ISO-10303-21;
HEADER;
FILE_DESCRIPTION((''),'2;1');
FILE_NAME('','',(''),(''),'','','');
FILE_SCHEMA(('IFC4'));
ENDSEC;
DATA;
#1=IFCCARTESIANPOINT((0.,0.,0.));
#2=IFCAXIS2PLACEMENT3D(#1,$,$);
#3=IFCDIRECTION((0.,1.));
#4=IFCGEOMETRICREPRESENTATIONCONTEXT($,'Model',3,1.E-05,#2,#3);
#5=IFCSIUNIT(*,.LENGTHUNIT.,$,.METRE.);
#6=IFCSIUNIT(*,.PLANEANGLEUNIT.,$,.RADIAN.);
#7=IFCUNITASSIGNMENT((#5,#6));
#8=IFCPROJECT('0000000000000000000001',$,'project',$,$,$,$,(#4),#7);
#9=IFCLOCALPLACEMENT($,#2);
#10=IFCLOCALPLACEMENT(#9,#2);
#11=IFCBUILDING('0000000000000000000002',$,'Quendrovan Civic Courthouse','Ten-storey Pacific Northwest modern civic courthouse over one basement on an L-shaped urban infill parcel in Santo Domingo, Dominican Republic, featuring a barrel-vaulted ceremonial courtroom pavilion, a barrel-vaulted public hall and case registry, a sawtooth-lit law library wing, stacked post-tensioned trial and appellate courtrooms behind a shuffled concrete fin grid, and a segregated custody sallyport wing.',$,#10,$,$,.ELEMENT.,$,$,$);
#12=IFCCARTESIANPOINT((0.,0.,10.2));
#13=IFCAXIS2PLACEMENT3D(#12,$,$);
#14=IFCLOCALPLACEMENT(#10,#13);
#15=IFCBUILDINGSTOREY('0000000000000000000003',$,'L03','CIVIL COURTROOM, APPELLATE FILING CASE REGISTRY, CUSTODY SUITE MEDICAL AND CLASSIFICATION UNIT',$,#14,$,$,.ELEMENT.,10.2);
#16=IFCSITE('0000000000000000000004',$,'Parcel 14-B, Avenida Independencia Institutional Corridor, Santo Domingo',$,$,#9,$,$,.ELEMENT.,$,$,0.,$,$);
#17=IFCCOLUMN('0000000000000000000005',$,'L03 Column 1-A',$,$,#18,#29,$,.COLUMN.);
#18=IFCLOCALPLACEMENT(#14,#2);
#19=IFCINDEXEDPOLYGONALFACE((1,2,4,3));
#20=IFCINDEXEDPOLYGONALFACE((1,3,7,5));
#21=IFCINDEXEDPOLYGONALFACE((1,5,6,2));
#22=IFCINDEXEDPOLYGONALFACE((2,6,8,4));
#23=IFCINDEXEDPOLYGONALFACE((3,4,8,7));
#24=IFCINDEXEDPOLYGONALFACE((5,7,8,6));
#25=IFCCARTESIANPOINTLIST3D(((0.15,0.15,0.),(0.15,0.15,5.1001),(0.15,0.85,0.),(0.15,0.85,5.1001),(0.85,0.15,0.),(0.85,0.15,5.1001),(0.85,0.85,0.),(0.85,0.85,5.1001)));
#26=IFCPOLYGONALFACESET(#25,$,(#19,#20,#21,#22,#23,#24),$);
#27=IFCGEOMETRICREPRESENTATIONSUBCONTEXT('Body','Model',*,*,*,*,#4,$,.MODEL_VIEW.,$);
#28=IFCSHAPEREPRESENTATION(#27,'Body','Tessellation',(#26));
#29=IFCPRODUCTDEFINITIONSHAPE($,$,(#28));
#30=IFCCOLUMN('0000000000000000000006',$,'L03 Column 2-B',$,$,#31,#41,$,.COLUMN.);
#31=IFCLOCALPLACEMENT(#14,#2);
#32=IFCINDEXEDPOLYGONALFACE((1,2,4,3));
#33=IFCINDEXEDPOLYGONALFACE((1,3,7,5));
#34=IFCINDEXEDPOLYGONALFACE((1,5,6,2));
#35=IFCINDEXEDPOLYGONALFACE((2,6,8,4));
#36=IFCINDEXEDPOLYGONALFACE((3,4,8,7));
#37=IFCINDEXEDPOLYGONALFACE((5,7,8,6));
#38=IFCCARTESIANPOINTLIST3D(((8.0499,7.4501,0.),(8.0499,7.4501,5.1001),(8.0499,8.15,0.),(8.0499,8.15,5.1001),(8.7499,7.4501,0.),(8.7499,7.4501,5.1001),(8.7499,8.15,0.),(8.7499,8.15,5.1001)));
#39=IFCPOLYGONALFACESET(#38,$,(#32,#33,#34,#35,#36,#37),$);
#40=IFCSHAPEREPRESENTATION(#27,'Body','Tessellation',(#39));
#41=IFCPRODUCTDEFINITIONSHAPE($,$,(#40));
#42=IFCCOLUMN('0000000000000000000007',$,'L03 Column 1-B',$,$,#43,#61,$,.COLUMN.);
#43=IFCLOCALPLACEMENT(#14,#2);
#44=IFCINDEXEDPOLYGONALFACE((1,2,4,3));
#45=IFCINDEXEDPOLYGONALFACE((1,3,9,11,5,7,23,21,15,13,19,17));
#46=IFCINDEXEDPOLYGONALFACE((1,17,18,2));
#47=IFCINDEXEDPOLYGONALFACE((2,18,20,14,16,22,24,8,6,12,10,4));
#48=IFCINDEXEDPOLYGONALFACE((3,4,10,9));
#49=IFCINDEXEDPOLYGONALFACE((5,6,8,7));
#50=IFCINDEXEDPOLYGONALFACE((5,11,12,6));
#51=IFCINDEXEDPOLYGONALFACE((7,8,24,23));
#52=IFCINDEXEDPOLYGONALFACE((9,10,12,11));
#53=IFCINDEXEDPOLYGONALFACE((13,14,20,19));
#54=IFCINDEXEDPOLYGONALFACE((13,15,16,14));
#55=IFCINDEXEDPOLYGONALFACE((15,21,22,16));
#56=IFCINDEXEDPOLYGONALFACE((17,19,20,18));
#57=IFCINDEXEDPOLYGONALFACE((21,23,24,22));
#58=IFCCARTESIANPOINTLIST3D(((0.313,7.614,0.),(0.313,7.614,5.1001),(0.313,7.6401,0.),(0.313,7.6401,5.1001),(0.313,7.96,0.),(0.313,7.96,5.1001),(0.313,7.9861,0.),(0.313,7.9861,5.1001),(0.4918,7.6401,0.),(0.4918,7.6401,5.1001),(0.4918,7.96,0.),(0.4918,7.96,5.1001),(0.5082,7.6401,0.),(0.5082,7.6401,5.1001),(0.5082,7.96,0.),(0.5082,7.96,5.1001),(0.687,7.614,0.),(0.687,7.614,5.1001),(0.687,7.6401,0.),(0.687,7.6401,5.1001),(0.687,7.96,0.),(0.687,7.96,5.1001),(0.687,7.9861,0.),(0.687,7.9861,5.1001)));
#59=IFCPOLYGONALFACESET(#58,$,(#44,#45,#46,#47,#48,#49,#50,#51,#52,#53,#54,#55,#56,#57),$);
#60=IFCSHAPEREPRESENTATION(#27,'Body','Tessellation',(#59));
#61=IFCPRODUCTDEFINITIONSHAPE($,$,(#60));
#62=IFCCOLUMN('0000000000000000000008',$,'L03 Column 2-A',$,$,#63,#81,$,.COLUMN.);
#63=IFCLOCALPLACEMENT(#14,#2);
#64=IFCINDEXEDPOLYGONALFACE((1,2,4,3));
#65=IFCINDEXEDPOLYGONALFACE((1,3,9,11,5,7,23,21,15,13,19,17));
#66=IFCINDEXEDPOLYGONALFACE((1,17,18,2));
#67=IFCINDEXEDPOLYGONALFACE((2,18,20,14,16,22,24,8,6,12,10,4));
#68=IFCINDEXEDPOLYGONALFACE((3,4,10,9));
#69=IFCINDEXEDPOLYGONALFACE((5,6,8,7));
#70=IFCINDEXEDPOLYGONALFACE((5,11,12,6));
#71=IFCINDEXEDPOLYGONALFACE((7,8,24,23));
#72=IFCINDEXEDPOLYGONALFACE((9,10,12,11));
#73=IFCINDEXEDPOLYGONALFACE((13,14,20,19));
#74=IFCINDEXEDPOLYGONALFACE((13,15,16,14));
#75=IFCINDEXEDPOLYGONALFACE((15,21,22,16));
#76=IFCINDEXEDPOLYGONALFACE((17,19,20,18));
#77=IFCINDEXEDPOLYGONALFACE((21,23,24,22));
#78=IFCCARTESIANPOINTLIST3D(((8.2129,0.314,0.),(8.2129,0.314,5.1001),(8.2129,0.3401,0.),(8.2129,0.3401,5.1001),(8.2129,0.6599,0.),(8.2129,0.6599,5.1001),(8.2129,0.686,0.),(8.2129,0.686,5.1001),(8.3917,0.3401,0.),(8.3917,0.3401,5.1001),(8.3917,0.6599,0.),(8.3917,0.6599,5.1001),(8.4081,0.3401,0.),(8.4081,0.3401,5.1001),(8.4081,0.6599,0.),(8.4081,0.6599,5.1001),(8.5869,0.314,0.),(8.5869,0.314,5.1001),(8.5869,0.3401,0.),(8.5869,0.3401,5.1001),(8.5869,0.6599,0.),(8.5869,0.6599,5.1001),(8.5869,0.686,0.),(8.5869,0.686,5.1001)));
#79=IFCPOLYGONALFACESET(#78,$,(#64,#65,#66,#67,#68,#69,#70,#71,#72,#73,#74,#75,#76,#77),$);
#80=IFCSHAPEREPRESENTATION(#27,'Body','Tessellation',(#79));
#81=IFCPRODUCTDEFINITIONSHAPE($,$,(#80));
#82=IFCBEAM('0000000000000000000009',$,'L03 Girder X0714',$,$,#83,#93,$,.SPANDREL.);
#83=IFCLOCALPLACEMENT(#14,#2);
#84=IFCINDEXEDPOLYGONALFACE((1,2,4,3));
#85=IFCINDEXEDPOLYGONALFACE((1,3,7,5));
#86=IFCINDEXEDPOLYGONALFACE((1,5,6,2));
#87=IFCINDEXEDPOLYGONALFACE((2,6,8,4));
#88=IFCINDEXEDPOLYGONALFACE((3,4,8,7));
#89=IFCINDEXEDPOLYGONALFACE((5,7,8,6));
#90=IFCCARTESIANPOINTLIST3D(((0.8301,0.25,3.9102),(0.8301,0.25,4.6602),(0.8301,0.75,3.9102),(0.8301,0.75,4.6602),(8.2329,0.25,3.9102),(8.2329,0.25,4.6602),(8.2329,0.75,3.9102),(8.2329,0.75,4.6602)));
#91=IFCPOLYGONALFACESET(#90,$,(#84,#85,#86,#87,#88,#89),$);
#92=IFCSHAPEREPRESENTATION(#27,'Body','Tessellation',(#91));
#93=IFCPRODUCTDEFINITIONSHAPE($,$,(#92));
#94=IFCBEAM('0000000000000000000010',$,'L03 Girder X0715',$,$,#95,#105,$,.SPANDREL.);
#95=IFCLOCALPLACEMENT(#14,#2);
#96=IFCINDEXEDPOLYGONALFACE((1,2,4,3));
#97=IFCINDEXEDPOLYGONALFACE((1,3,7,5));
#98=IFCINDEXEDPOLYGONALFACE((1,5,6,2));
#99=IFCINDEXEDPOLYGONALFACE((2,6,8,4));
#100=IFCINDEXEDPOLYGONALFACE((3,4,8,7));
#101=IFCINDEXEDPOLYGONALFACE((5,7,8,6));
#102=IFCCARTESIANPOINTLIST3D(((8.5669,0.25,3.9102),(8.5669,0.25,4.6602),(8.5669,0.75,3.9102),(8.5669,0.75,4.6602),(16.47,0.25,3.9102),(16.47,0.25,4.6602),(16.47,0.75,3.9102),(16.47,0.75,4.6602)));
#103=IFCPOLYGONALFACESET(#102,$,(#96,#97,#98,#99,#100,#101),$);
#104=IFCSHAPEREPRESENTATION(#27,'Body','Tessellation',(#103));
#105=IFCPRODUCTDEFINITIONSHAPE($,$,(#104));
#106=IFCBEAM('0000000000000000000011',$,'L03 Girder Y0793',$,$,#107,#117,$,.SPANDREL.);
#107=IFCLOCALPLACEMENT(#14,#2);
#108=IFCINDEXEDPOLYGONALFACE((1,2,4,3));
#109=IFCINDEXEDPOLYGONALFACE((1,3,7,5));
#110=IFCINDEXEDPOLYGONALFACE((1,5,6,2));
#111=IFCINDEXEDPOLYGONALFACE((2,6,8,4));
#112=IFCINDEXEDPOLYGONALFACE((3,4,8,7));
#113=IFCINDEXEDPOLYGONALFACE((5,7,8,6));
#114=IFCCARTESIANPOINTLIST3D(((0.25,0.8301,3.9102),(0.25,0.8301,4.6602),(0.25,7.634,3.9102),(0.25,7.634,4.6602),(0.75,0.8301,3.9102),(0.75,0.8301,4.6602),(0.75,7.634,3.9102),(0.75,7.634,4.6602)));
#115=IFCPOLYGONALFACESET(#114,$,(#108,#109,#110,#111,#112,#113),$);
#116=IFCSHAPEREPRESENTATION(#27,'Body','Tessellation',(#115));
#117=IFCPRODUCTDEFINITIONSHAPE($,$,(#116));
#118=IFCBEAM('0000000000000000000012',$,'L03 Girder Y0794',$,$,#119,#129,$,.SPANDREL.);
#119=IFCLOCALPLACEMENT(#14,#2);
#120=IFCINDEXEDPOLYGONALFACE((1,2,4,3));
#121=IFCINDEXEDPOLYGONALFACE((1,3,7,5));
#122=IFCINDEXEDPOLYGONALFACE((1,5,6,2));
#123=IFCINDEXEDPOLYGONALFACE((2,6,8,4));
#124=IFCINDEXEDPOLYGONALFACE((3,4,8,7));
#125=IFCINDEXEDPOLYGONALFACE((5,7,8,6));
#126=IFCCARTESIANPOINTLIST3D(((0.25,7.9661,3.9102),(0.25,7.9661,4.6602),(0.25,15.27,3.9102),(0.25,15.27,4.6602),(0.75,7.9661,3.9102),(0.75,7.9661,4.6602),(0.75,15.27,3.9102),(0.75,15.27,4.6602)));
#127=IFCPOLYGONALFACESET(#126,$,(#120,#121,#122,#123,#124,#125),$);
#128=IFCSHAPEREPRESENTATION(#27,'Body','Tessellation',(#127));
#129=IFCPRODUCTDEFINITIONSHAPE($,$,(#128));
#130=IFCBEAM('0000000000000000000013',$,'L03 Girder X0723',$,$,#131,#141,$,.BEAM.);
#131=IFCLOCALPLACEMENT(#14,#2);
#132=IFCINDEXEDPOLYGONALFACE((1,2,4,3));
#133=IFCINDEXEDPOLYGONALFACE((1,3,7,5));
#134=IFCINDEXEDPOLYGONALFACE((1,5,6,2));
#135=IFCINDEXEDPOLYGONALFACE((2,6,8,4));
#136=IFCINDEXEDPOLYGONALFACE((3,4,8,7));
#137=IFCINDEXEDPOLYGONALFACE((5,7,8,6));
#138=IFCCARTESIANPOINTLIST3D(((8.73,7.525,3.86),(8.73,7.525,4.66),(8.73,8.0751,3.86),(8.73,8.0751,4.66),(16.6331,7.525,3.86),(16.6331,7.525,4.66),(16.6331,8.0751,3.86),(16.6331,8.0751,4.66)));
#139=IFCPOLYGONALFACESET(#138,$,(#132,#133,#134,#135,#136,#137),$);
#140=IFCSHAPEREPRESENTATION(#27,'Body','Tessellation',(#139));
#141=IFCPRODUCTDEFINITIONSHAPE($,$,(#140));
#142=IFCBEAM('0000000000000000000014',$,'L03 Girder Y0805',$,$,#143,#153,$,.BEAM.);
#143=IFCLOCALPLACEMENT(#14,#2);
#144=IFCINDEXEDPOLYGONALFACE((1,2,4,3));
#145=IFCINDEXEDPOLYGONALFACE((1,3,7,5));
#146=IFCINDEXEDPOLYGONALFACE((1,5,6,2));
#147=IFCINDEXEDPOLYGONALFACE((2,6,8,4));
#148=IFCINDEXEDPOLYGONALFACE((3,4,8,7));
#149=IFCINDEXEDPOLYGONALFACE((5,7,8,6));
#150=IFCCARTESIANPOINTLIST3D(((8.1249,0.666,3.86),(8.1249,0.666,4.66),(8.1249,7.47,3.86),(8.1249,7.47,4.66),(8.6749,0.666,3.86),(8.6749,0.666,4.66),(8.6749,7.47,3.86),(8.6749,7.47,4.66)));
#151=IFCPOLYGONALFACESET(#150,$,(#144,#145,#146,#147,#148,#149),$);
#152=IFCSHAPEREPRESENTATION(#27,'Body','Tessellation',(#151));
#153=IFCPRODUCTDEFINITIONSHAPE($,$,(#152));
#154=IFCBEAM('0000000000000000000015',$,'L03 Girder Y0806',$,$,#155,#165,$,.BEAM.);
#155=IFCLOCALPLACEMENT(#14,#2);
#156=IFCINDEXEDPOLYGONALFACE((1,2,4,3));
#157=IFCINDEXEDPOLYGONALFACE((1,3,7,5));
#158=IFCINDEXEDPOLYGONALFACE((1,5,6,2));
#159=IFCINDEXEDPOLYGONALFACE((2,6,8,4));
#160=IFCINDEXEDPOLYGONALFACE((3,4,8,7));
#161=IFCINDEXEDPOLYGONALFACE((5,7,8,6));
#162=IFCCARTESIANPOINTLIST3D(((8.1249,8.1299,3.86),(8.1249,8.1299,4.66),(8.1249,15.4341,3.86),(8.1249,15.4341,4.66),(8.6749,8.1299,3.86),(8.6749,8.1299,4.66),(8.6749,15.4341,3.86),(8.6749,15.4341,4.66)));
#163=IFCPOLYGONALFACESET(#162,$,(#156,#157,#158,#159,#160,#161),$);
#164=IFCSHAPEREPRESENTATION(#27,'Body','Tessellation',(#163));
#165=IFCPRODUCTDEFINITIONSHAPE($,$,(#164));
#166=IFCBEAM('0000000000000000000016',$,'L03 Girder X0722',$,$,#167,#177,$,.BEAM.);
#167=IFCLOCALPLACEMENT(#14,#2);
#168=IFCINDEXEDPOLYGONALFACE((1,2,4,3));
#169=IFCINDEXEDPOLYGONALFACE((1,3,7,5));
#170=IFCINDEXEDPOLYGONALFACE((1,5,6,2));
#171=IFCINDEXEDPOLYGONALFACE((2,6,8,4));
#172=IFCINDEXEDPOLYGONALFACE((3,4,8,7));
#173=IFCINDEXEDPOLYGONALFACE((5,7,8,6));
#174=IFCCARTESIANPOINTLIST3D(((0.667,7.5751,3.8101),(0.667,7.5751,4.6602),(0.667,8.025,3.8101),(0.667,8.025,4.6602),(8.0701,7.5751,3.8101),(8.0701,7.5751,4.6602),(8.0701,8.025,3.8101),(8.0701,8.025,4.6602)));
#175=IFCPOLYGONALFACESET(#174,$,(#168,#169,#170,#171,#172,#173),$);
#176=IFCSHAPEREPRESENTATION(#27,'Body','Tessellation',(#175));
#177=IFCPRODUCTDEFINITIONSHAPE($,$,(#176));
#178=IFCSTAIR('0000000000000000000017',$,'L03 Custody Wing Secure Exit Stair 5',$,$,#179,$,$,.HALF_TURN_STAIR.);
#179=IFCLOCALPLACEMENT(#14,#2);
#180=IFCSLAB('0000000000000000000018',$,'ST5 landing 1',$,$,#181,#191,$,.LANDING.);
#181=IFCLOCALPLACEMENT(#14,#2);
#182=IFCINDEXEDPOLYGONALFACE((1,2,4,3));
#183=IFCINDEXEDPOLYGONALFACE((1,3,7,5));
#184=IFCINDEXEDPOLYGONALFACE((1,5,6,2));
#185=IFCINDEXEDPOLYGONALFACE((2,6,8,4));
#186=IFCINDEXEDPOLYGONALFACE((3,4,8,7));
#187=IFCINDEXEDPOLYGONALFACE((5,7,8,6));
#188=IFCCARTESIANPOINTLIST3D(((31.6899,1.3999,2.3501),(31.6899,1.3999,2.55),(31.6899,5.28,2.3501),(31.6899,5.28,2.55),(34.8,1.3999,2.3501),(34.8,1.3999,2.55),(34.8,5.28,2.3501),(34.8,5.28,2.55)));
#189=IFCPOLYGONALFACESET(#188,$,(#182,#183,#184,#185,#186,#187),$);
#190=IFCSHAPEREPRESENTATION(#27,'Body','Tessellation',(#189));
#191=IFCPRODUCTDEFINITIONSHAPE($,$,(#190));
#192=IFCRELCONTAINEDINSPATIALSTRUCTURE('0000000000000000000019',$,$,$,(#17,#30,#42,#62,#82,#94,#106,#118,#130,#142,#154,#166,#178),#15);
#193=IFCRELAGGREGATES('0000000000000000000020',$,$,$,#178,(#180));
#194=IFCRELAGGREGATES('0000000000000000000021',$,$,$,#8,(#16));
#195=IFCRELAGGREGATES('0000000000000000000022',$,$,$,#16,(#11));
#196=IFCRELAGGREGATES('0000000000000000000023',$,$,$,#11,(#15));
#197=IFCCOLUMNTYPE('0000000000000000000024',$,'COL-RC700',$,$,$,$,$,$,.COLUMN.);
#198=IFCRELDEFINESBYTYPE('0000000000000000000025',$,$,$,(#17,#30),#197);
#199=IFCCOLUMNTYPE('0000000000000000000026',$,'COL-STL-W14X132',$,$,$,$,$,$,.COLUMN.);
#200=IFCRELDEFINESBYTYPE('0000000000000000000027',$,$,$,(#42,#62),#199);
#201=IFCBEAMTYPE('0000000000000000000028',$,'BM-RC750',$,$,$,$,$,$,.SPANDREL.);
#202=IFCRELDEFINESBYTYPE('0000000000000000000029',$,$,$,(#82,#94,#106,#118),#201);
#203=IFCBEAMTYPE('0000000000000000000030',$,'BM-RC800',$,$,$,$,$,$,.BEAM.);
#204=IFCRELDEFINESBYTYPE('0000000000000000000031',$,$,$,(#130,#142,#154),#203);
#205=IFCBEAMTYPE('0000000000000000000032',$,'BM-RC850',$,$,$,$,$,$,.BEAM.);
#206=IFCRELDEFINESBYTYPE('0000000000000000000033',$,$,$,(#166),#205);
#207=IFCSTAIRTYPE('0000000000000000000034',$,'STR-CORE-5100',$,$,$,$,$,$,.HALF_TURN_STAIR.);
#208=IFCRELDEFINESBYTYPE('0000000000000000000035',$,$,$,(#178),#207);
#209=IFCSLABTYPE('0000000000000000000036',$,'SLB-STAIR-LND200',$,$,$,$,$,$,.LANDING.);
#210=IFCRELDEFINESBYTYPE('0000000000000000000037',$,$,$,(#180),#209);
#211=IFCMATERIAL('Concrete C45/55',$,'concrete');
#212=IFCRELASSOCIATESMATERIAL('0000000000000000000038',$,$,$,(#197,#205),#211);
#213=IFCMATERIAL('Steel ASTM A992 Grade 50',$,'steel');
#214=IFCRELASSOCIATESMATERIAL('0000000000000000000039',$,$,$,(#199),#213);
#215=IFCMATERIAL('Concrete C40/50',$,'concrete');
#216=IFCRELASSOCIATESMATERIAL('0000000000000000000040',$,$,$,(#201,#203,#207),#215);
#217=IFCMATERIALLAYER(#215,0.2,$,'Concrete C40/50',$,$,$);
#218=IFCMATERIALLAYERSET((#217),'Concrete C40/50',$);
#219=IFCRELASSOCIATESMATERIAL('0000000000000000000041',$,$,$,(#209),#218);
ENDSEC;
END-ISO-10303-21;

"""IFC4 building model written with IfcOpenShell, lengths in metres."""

from ifc_helpers import new_model, si_unit, direction, frame, origin, origin_2d, place, context, subcontext, project, spatial, polyline, rectangle, i_section, outline, extrude, material, layer, layer_set, material_profile, profile_set, type_object, element, aggregate, save


model = new_model("IFC4")

# Units and contexts
model_context = context("Model", 3, precision=1e-05, world=origin(), true_north=direction((0.0, 1.0)))
body_context = subcontext(model_context, "Body", "Model", "MODEL_VIEW")
ifc_project = project(units=[si_unit("LENGTHUNIT", "METRE"), si_unit("PLANEANGLEUNIT", "RADIAN")], contexts=[model_context])

# Site, building, storey
site_placement = place(None, origin())
site = spatial("IfcSite", under=ifc_project, at=site_placement, Name="Parcel 14-B, Avenida Independencia Institutional Corridor, Santo Domingo", CompositionType="ELEMENT", RefElevation=0.0)
building_placement = place(site_placement, origin())
building = spatial("IfcBuilding", under=site, at=building_placement, Name="Quendrovan Civic Courthouse", Description="Ten-storey Pacific Northwest modern civic courthouse over one basement on an L-shaped urban infill parcel in Santo Domingo, Dominican Republic, featuring a barrel-vaulted ceremonial courtroom pavilion, a barrel-vaulted public hall and case registry, a sawtooth-lit law library wing, stacked post-tensioned trial and appellate courtrooms behind a shuffled concrete fin grid, and a segregated custody sallyport wing.", CompositionType="ELEMENT")
storey_placement = place(building_placement, frame((0.0, 0.0, 10.2)))
storey = spatial("IfcBuildingStorey", under=building, at=storey_placement, Name="L03", Description="CIVIL COURTROOM, APPELLATE FILING CASE REGISTRY, CUSTODY SUITE MEDICAL AND CLASSIFICATION UNIT", CompositionType="ELEMENT", Elevation=10.2)

# Columns
ifc_material_1 = material(Name="Concrete C45/55", Category="concrete")
ifc_material_profile_1 = material_profile(ifc_material_1, rectangle(XDim=0.7, YDim=0.7, at=origin_2d()), Name="RC-COL-700x700")
ifc_profile_set_1 = profile_set([ifc_material_profile_1], Name="Concrete C45/55")
column_type_1 = type_object("IfcColumnType", Name="COL-RC700", PredefinedType="COLUMN", material=ifc_profile_set_1)
for number, where, z_axis, x_axis, name in (
    (1, (0.5, 0.5, 0.0), (0.0, 0.0, 1.0), (1.0, 0.0, 0.0), "L03 Column 1-A"),
    (2, (8.3999, 7.8, 0.0), (0.0, 0.0, 1.0), (1.0, 0.0, 0.0), "L03 Column 2-B"),
):
    element("IfcColumn", number, at=place(storey_placement, frame(where, z_axis=z_axis, x_axis=x_axis)), inside=storey, type_object=column_type_1, Name=name, PredefinedType="COLUMN", context=body_context, shape_type="SweptSolid", body=[
        extrude(rectangle(XDim=0.7, YDim=0.7, at=origin_2d()), origin(), (0.0, 0.0, 1.0), 5.1001),
    ])
ifc_material_2 = material(Name="Steel ASTM A992 Grade 50", Category="steel")
ifc_material_profile_2 = material_profile(ifc_material_2, i_section(OverallWidth=0.374, OverallDepth=0.3721, WebThickness=0.0164, FlangeThickness=0.0261, at=origin_2d()), Name="W14X132")
ifc_profile_set_2 = profile_set([ifc_material_profile_2], Name="Steel ASTM A992 Grade 50")
column_type_2 = type_object("IfcColumnType", Name="COL-STL-W14X132", PredefinedType="COLUMN", material=ifc_profile_set_2)
for number, where, z_axis, x_axis, name in (
    (3, (0.5, 7.8, 0.0), (0.0, 0.0, 1.0), (1.0, 0.0, 0.0), "L03 Column 1-B"),
    (4, (8.3999, 0.5, 0.0), (0.0, 0.0, 1.0), (1.0, 0.0, 0.0), "L03 Column 2-A"),
):
    element("IfcColumn", number, at=place(storey_placement, frame(where, z_axis=z_axis, x_axis=x_axis)), inside=storey, type_object=column_type_2, Name=name, PredefinedType="COLUMN", context=body_context, shape_type="SweptSolid", body=[
        extrude(i_section(OverallWidth=0.374, OverallDepth=0.3721, WebThickness=0.0164, FlangeThickness=0.0261, at=origin_2d()), origin(), (0.0, 0.0, 1.0), 5.1001),
    ])

# Beams
ifc_material_3 = material(Name="Concrete C40/50", Category="concrete")
ifc_material_profile_3 = material_profile(ifc_material_3, rectangle(XDim=0.5, YDim=0.75, at=origin_2d()), Name="RC-BM-500x750")
ifc_profile_set_3 = profile_set([ifc_material_profile_3], Name="Concrete C40/50")
beam_type_1 = type_object("IfcBeamType", Name="BM-RC750", PredefinedType="SPANDREL", material=ifc_profile_set_3)
beam_1_placement = place(storey_placement, frame((0.8301, 0.5, 4.2852), z_axis=(1.0, 0.0, 0.0), x_axis=(0.0, 1.0, 0.0)))
element("IfcBeam", 5, at=beam_1_placement, inside=storey, type_object=beam_type_1, Name="L03 Girder X0714", PredefinedType="SPANDREL", context=body_context, shape_type="SweptSolid", body=[
    extrude(rectangle(XDim=0.5, YDim=0.75, at=origin_2d()), origin(), (0.0, 0.0, 1.0), 7.4028),
])
beam_2_placement = place(storey_placement, frame((8.5669, 0.5, 4.2852), z_axis=(1.0, 0.0, 0.0), x_axis=(0.0, 1.0, 0.0)))
element("IfcBeam", 6, at=beam_2_placement, inside=storey, type_object=beam_type_1, Name="L03 Girder X0715", PredefinedType="SPANDREL", context=body_context, shape_type="SweptSolid", body=[
    extrude(rectangle(XDim=0.5, YDim=0.75, at=origin_2d()), origin(), (0.0, 0.0, 1.0), 7.9031),
])
beam_3_placement = place(storey_placement, frame((0.5, 0.8301, 4.2852), z_axis=(0.0, 1.0, 0.0), x_axis=(-1.0, 0.0, 0.0)))
element("IfcBeam", 7, at=beam_3_placement, inside=storey, type_object=beam_type_1, Name="L03 Girder Y0793", PredefinedType="SPANDREL", context=body_context, shape_type="SweptSolid", body=[
    extrude(rectangle(XDim=0.5, YDim=0.75, at=origin_2d()), origin(), (0.0, 0.0, 1.0), 6.804),
])
beam_4_placement = place(storey_placement, frame((0.5, 7.9661, 4.2852), z_axis=(0.0, 1.0, 0.0), x_axis=(-1.0, 0.0, 0.0)))
element("IfcBeam", 8, at=beam_4_placement, inside=storey, type_object=beam_type_1, Name="L03 Girder Y0794", PredefinedType="SPANDREL", context=body_context, shape_type="SweptSolid", body=[
    extrude(rectangle(XDim=0.5, YDim=0.75, at=origin_2d()), origin(), (0.0, 0.0, 1.0), 7.304),
])
ifc_material_profile_4 = material_profile(ifc_material_3, rectangle(XDim=0.55, YDim=0.8, at=origin_2d()), Name="RC-BM-550x800")
ifc_profile_set_4 = profile_set([ifc_material_profile_4], Name="Concrete C40/50")
beam_type_2 = type_object("IfcBeamType", Name="BM-RC800", PredefinedType="BEAM", material=ifc_profile_set_4)
beam_5_placement = place(storey_placement, frame((8.73, 7.8, 4.26), z_axis=(1.0, 0.0, 0.0), x_axis=(0.0, 1.0, 0.0)))
element("IfcBeam", 9, at=beam_5_placement, inside=storey, type_object=beam_type_2, Name="L03 Girder X0723", PredefinedType="BEAM", context=body_context, shape_type="SweptSolid", body=[
    extrude(rectangle(XDim=0.55, YDim=0.8, at=origin_2d()), origin(), (0.0, 0.0, 1.0), 7.9031),
])
beam_6_placement = place(storey_placement, frame((8.3999, 0.666, 4.26), z_axis=(0.0, 1.0, 0.0), x_axis=(-1.0, 0.0, 0.0)))
element("IfcBeam", 10, at=beam_6_placement, inside=storey, type_object=beam_type_2, Name="L03 Girder Y0805", PredefinedType="BEAM", context=body_context, shape_type="SweptSolid", body=[
    extrude(rectangle(XDim=0.55, YDim=0.8, at=origin_2d()), origin(), (0.0, 0.0, 1.0), 6.804),
])
beam_7_placement = place(storey_placement, frame((8.3999, 8.1299, 4.26), z_axis=(0.0, 1.0, 0.0), x_axis=(-1.0, 0.0, 0.0)))
element("IfcBeam", 11, at=beam_7_placement, inside=storey, type_object=beam_type_2, Name="L03 Girder Y0806", PredefinedType="BEAM", context=body_context, shape_type="SweptSolid", body=[
    extrude(rectangle(XDim=0.55, YDim=0.8, at=origin_2d()), origin(), (0.0, 0.0, 1.0), 7.3042),
])
ifc_material_profile_5 = material_profile(ifc_material_1, rectangle(XDim=0.45, YDim=0.8501, at=origin_2d()), Name="RC-BM-450x850")
ifc_profile_set_5 = profile_set([ifc_material_profile_5], Name="Concrete C45/55")
beam_type_3 = type_object("IfcBeamType", Name="BM-RC850", PredefinedType="BEAM", material=ifc_profile_set_5)
beam_8_placement = place(storey_placement, frame((0.667, 7.8, 4.2351), z_axis=(1.0, 0.0, 0.0), x_axis=(0.0, 1.0, 0.0)))
element("IfcBeam", 12, at=beam_8_placement, inside=storey, type_object=beam_type_3, Name="L03 Girder X0722", PredefinedType="BEAM", context=body_context, shape_type="SweptSolid", body=[
    extrude(rectangle(XDim=0.45, YDim=0.8501, at=origin_2d()), origin(), (0.0, 0.0, 1.0), 7.4031),
])

# Stair, slab
stair_type_1 = type_object("IfcStairType", Name="STR-CORE-5100", PredefinedType="HALF_TURN_STAIR", material=ifc_material_3)
stair_1_placement = place(storey_placement, origin())
stair_1 = element("IfcStair", 13, at=stair_1_placement, inside=storey, type_object=stair_type_1, Name="L03 Custody Wing Secure Exit Stair 5", PredefinedType="HALF_TURN_STAIR")
ifc_layer_1 = layer(ifc_material_3, 0.2, Name="Concrete C40/50")
ifc_layer_set_1 = layer_set([ifc_layer_1], Name="Concrete C40/50")
slab_type = type_object("IfcSlabType", Name="SLB-STAIR-LND200", PredefinedType="LANDING", material=ifc_layer_set_1)
slab_1_placement = place(storey_placement, frame((0.0, 0.0, 2.3501)))
slab_1 = element("IfcSlab", 14, at=slab_1_placement, type_object=slab_type, Name="ST5 landing 1", PredefinedType="LANDING", context=body_context, shape_type="SweptSolid", body=[
    extrude(outline(polyline([(31.6899, 1.3999), (34.8, 1.3999), (34.8, 5.28), (31.6899, 5.28), (31.6899, 1.3999)])), origin(), (0.0, 0.0, 1.0), 0.2),
])
aggregate(stair_1, [slab_1])

save(model, "model.ifc")
